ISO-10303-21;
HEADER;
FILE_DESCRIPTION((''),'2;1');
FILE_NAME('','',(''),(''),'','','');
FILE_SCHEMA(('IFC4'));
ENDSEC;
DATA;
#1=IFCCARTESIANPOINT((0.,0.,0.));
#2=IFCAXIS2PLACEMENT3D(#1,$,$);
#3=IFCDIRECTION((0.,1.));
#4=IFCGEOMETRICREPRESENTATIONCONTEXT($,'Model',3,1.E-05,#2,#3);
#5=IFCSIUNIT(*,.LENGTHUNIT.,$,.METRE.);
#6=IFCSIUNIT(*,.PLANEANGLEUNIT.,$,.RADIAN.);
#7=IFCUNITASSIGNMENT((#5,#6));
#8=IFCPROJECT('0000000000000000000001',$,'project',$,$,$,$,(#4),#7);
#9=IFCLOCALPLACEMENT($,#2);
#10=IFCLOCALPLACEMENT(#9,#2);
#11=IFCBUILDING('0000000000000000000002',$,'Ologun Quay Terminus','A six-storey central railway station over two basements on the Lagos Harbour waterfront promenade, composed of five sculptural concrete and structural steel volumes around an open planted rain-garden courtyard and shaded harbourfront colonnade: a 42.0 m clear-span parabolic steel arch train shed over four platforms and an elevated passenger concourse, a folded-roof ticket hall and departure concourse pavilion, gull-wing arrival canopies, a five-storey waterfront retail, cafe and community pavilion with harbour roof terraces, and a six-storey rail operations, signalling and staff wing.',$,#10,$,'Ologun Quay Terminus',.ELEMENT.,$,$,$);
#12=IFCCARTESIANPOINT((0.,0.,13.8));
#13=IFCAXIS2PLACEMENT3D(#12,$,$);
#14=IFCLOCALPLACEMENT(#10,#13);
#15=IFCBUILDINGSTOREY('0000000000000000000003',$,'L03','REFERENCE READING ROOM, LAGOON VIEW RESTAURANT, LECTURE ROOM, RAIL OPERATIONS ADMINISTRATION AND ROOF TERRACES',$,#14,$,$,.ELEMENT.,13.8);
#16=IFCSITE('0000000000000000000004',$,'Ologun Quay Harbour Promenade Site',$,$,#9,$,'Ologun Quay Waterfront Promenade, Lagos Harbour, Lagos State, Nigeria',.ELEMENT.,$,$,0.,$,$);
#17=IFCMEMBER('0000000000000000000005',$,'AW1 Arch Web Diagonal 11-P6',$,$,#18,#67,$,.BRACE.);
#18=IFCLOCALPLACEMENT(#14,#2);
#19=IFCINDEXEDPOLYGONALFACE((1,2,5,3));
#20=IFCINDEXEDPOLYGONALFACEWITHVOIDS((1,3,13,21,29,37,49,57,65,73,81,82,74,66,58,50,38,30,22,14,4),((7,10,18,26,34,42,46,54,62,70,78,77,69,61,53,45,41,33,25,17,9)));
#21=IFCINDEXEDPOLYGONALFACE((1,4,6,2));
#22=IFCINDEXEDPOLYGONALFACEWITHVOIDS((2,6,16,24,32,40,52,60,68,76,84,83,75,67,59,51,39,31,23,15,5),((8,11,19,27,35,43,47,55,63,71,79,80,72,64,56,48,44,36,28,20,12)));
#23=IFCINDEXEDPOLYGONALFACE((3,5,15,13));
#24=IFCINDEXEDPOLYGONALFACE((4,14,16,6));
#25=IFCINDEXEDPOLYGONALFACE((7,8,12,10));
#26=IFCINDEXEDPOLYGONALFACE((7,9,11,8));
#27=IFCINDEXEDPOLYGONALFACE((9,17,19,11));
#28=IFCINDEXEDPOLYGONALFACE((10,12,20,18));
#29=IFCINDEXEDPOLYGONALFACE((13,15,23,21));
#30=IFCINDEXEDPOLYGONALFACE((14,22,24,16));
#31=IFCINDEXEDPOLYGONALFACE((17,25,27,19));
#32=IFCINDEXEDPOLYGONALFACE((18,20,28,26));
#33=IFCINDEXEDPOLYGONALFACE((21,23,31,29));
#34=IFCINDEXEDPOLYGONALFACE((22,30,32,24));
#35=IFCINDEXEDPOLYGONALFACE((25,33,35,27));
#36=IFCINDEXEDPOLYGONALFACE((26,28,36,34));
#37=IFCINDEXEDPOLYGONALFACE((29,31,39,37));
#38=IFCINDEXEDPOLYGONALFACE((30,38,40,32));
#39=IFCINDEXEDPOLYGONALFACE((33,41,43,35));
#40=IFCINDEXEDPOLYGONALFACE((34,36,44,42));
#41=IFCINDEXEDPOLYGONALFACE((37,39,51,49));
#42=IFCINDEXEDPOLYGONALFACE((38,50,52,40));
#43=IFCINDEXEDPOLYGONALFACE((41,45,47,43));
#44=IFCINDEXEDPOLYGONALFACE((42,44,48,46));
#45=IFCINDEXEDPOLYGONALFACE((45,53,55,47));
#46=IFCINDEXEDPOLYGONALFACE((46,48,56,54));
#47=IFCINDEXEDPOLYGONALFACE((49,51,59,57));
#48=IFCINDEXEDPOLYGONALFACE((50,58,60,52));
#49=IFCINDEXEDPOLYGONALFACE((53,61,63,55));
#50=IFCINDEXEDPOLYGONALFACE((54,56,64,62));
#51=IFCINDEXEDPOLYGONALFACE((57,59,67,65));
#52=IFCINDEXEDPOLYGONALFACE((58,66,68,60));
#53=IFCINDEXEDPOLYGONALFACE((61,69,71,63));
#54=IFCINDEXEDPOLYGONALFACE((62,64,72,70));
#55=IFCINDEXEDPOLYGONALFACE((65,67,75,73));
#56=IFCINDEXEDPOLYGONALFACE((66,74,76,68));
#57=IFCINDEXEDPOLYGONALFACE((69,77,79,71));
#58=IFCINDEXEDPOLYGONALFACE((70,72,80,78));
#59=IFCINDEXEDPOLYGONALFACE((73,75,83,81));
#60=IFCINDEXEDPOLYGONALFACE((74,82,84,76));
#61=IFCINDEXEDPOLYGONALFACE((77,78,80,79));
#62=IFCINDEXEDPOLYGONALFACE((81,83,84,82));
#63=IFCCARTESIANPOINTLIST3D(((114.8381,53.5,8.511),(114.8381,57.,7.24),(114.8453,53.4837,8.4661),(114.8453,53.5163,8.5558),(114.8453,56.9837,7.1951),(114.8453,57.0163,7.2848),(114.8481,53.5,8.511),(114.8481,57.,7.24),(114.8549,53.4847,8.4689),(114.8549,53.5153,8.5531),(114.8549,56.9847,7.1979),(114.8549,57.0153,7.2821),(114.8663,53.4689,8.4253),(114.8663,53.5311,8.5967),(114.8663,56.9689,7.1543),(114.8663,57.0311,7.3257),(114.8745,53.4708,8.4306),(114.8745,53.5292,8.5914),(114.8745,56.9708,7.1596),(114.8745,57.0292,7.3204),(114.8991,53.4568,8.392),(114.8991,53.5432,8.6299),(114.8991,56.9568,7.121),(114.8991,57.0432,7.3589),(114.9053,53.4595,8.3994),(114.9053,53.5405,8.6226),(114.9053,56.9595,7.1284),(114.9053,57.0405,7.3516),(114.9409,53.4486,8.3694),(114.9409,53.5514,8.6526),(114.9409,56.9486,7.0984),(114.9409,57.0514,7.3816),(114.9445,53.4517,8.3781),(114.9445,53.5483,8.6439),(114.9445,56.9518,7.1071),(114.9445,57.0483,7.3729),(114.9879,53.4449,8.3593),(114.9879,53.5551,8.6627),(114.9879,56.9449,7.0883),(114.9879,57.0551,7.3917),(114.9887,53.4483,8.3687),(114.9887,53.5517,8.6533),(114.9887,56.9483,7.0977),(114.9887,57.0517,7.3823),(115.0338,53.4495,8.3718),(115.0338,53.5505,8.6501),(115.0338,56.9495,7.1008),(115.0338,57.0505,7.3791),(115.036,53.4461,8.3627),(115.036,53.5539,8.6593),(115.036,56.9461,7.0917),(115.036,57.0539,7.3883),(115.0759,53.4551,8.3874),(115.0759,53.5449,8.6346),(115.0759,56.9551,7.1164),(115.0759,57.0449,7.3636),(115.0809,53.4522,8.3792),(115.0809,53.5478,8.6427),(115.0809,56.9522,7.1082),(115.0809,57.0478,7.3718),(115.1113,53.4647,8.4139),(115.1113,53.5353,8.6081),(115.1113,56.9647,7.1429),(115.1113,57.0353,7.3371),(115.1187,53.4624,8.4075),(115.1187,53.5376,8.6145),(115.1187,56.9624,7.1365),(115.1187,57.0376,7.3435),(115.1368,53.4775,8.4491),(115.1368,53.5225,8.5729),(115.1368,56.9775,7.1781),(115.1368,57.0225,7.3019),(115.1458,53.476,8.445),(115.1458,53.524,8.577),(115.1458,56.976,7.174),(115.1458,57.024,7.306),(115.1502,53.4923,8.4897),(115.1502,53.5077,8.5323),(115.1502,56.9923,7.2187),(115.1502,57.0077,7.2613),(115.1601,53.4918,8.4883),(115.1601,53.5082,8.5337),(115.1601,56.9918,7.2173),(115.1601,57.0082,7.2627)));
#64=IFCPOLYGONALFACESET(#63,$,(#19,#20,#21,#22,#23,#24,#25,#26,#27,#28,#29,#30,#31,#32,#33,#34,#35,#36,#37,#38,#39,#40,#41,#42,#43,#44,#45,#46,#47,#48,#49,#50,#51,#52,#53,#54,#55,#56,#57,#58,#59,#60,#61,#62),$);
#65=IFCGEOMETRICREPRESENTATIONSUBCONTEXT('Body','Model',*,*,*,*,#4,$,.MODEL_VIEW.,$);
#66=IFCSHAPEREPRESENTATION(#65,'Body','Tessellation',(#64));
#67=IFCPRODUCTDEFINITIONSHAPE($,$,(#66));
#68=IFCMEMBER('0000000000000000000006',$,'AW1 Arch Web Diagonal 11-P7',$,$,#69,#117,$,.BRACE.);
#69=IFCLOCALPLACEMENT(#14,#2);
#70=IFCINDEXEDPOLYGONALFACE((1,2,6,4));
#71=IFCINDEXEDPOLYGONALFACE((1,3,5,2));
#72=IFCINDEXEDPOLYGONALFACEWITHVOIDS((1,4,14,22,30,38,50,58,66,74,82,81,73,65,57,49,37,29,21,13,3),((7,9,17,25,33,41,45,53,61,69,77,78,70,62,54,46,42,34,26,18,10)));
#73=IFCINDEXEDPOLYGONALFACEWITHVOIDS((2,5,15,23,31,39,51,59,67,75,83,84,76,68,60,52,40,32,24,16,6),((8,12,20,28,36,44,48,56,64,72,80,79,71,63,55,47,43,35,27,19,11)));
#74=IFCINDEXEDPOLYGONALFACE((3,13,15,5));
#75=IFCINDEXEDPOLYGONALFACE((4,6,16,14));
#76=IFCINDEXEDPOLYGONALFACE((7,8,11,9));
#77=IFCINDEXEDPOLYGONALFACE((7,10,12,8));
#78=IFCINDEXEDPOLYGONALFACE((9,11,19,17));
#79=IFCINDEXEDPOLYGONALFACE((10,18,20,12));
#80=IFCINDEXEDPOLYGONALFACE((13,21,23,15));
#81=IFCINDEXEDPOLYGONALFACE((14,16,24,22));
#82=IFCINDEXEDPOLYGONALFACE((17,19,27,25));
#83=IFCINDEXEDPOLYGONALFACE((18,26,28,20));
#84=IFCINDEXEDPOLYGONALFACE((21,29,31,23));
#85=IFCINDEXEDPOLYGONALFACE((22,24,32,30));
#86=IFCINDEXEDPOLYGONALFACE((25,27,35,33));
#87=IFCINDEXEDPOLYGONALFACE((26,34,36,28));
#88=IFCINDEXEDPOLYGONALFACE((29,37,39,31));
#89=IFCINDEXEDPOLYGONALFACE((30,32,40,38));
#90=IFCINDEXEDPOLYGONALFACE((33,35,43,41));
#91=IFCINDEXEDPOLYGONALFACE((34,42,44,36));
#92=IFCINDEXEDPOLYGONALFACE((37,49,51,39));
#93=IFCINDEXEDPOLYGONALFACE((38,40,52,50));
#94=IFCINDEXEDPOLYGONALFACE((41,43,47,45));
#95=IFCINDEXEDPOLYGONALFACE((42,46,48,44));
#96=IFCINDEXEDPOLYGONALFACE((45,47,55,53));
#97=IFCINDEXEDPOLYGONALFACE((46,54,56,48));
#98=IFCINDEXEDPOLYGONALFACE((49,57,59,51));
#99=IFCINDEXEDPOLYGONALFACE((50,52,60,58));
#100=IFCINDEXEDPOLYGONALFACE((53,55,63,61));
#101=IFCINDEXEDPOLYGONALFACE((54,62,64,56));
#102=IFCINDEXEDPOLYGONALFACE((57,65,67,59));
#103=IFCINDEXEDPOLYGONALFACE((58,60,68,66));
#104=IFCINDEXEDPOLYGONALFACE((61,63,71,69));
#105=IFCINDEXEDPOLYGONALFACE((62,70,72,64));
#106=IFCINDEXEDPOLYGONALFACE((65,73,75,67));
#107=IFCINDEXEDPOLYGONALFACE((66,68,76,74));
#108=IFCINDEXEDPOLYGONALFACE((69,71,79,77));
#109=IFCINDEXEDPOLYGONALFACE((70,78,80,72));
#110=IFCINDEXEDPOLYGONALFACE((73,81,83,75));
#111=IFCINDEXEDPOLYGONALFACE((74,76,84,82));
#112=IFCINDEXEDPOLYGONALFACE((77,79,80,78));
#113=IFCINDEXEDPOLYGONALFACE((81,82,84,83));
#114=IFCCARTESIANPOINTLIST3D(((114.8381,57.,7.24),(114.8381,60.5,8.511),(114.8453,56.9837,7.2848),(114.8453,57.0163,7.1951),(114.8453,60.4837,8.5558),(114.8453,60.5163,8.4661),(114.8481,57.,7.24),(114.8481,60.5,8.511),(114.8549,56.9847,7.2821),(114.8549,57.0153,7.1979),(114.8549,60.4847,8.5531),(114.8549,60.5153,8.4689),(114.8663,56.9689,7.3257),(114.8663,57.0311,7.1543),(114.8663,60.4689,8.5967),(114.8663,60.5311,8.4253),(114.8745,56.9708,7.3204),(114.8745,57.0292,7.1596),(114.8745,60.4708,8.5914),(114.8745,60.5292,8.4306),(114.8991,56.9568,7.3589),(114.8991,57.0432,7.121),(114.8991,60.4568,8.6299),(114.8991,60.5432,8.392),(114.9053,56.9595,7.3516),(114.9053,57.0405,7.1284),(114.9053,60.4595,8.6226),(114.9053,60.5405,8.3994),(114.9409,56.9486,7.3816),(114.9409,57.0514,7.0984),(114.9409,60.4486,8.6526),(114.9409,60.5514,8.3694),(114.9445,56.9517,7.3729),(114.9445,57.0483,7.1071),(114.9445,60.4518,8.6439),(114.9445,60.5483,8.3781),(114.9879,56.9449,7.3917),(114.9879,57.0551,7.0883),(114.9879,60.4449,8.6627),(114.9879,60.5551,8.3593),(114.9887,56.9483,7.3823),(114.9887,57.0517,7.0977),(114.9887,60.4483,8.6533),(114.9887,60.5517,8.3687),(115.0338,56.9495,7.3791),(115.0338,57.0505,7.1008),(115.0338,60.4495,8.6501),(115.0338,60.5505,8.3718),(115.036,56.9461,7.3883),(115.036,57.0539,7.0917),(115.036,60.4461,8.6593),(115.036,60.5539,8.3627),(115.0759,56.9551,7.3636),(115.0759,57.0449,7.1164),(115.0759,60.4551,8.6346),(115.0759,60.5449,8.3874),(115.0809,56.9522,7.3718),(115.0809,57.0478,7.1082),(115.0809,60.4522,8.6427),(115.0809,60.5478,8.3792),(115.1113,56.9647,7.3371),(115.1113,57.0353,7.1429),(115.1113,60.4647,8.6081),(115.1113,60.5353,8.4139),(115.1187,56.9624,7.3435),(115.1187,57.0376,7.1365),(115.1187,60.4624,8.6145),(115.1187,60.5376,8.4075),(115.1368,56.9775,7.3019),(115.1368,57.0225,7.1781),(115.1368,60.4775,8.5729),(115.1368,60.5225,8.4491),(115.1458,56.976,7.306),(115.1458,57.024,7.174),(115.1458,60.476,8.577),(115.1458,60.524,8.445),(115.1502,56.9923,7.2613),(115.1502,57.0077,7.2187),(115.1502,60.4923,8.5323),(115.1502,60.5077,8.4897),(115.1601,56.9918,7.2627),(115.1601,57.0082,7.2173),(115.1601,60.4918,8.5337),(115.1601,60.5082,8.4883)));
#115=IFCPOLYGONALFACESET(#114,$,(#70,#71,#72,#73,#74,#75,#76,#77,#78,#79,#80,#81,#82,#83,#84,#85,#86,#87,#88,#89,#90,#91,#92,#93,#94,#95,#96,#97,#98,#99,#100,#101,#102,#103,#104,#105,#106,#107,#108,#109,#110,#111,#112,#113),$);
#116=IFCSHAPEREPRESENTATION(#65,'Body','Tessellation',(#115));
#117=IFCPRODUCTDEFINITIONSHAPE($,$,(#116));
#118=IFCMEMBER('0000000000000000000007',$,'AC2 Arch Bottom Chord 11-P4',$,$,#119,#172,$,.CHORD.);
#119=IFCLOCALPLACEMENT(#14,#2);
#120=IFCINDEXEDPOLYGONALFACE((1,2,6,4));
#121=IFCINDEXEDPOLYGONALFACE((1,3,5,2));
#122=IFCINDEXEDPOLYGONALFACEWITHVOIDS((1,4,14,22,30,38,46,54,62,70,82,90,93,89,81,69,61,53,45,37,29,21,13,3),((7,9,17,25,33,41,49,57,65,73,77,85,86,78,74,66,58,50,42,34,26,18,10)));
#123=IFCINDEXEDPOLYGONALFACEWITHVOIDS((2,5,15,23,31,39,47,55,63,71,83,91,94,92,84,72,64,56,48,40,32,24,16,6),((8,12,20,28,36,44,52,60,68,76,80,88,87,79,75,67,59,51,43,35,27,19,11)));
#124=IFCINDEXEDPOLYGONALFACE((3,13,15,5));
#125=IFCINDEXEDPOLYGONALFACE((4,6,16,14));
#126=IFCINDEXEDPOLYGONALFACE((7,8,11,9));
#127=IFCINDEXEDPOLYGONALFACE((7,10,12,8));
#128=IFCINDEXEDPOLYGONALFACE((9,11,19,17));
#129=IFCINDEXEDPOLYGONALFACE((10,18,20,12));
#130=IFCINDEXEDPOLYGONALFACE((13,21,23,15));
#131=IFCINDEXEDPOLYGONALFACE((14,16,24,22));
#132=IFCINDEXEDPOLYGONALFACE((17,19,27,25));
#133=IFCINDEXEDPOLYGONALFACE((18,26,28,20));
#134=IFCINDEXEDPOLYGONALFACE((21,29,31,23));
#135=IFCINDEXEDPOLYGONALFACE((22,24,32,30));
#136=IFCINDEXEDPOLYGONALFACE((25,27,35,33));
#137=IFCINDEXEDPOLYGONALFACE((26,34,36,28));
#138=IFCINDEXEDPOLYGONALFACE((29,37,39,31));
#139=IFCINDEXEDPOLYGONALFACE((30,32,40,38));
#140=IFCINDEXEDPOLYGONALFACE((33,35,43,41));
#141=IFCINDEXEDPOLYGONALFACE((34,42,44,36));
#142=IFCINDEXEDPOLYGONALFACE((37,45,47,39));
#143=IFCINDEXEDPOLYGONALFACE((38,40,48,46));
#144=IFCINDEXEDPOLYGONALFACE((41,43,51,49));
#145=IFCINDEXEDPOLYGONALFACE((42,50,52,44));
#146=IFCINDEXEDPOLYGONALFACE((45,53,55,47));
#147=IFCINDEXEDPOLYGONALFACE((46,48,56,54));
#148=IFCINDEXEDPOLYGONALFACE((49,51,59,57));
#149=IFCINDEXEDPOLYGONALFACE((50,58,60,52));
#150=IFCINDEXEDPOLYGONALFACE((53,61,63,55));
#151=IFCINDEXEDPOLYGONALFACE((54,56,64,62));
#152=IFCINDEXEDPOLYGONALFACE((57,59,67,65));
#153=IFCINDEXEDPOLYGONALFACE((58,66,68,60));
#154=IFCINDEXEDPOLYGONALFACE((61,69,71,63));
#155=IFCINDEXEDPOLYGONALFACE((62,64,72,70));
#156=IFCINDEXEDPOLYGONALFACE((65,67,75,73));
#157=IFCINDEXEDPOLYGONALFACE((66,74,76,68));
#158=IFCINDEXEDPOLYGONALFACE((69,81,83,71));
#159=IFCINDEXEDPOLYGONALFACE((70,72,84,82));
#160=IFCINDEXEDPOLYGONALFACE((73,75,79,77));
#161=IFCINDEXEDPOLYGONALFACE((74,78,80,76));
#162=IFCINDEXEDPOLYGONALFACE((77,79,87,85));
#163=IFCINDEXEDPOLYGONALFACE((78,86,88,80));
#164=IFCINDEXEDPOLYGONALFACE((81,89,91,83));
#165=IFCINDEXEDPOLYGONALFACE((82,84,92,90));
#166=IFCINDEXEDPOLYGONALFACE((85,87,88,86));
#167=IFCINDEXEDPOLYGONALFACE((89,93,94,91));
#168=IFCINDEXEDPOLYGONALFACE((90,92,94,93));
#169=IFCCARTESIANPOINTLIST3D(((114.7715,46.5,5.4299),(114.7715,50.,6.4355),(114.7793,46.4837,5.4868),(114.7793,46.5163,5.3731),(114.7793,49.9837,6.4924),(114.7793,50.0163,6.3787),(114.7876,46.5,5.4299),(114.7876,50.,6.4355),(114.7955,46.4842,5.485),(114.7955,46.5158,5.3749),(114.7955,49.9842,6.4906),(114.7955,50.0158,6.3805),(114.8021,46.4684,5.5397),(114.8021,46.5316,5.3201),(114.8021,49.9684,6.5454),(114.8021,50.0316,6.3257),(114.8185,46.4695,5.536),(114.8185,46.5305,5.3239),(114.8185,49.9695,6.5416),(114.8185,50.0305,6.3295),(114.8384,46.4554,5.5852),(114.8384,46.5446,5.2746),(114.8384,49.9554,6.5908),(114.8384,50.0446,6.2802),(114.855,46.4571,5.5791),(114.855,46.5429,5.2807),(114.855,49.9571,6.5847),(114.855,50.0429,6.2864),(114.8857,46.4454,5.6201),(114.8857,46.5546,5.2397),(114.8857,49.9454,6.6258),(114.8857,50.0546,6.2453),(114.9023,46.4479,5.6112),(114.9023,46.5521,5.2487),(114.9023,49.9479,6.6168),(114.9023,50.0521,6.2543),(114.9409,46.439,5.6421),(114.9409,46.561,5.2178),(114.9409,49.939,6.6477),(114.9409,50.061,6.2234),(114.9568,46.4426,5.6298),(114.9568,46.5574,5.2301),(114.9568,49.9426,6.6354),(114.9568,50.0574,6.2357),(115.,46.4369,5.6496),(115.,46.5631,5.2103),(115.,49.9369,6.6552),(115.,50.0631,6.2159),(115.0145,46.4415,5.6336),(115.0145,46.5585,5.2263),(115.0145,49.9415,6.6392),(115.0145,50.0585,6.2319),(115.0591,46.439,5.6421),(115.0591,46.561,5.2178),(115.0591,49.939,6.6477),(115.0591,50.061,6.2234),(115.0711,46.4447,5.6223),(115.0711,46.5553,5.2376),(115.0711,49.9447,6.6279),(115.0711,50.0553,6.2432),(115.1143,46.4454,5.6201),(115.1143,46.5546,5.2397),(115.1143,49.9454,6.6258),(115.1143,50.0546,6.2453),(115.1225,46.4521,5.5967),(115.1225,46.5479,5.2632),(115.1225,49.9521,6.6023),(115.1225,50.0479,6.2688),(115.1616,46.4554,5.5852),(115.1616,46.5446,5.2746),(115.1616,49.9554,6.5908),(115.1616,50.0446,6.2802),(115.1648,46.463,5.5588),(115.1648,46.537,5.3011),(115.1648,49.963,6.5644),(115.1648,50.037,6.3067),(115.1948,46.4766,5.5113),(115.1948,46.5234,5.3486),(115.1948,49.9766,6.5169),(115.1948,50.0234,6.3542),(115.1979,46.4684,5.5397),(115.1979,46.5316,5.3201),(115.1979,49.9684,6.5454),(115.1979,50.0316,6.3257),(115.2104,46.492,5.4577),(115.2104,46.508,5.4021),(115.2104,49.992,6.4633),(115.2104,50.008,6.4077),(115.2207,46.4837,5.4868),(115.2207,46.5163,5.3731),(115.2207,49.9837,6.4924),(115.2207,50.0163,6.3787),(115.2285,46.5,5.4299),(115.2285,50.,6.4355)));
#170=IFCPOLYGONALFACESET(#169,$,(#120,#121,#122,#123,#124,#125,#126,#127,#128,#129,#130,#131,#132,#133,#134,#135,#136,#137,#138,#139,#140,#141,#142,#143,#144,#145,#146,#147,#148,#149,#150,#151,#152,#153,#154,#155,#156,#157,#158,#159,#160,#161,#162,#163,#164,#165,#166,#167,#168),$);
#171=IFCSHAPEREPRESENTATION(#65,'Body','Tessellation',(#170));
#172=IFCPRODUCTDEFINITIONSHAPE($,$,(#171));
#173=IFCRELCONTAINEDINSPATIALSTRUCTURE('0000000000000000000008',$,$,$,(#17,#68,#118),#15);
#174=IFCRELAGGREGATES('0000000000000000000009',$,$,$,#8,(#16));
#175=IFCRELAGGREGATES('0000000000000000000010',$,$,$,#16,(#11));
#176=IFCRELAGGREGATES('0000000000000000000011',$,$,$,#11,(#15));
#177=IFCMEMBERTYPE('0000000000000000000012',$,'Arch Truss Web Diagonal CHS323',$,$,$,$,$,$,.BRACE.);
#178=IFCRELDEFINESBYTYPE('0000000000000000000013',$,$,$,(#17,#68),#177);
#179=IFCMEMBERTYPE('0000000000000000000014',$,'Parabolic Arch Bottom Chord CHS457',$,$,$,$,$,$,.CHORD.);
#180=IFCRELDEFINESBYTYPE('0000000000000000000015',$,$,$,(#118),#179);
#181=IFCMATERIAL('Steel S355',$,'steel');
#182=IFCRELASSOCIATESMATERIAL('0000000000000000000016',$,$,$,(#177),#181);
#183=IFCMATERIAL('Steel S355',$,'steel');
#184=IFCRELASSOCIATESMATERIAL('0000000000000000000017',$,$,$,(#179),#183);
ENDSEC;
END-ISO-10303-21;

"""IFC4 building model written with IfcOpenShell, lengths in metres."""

from ifc_helpers import new_model, si_unit, direction, frame, origin, origin_2d, place, context, subcontext, project, spatial, hollow_circle, extrude, material, material_profile, profile_set, type_object, element, save


model = new_model("IFC4")

# Units and contexts
model_context = context("Model", 3, precision=1e-05, world=origin(), true_north=direction((0.0, 1.0)))
body_context = subcontext(model_context, "Body", "Model", "MODEL_VIEW")
ifc_project = project(units=[si_unit("LENGTHUNIT", "METRE"), si_unit("PLANEANGLEUNIT", "RADIAN")], contexts=[model_context])

# Site, building, storey
site_placement = place(None, origin())
site = spatial("IfcSite", under=ifc_project, at=site_placement, Name="Ologun Quay Harbour Promenade Site", LongName="Ologun Quay Waterfront Promenade, Lagos Harbour, Lagos State, Nigeria", CompositionType="ELEMENT", RefElevation=0.0)
building_placement = place(site_placement, origin())
building = spatial("IfcBuilding", under=site, at=building_placement, Name="Ologun Quay Terminus", Description="A six-storey central railway station over two basements on the Lagos Harbour waterfront promenade, composed of five sculptural concrete and structural steel volumes around an open planted rain-garden courtyard and shaded harbourfront colonnade: a 42.0 m clear-span parabolic steel arch train shed over four platforms and an elevated passenger concourse, a folded-roof ticket hall and departure concourse pavilion, gull-wing arrival canopies, a five-storey waterfront retail, cafe and community pavilion with harbour roof terraces, and a six-storey rail operations, signalling and staff wing.", LongName="Ologun Quay Terminus", CompositionType="ELEMENT")
storey_placement = place(building_placement, frame((0.0, 0.0, 13.8)))
storey = spatial("IfcBuildingStorey", under=building, at=storey_placement, Name="L03", Description="REFERENCE READING ROOM, LAGOON VIEW RESTAURANT, LECTURE ROOM, RAIL OPERATIONS ADMINISTRATION AND ROOF TERRACES", CompositionType="ELEMENT", Elevation=13.8)

# Members
ifc_material_1 = material(Name="Steel S355", Category="steel")
ifc_material_profile_1 = material_profile(ifc_material_1, hollow_circle(Radius=0.1619, WallThickness=0.01, at=origin_2d()), Name="CHS 323.9x10")
ifc_profile_set_1 = profile_set([ifc_material_profile_1], Name="Steel S355")
member_type_1 = type_object("IfcMemberType", Name="Arch Truss Web Diagonal CHS323", PredefinedType="BRACE", material=ifc_profile_set_1)
for number, where, z_axis, x_axis, name in (
    (1, (115.0, 53.5, 8.511), (0.0, 0.939943, -0.341332), (-1.0, 0.0, 0.0), "AW1 Arch Web Diagonal 11-P6"),
    (2, (115.0, 57.0, 7.24), (0.0, 0.939943, 0.341332), (-1.0, 0.0, 0.0), "AW1 Arch Web Diagonal 11-P7"),
):
    element("IfcMember", number, at=place(storey_placement, frame(where, z_axis=z_axis, x_axis=x_axis)), inside=storey, type_object=member_type_1, Name=name, PredefinedType="BRACE", context=body_context, shape_type="SweptSolid", body=[
        extrude(hollow_circle(Radius=0.1619, WallThickness=0.01, at=origin_2d()), origin(), (0.0, 0.0, 1.0), 3.7236),
    ])
ifc_material_2 = material(Name="Steel S355", Category="steel")
ifc_material_profile_2 = material_profile(ifc_material_2, hollow_circle(Radius=0.2285, WallThickness=0.0161, at=origin_2d()), Name="CHS 457x16")
ifc_profile_set_2 = profile_set([ifc_material_profile_2], Name="Steel S355")
member_type_2 = type_object("IfcMemberType", Name="Parabolic Arch Bottom Chord CHS457", PredefinedType="CHORD", material=ifc_profile_set_2)
member_1_placement = place(storey_placement, frame((115.0, 46.5, 5.4299), z_axis=(0.0, 0.961116, 0.276146), x_axis=(-1.0, 0.0, 0.0)))
element("IfcMember", 3, at=member_1_placement, inside=storey, type_object=member_type_2, Name="AC2 Arch Bottom Chord 11-P4", PredefinedType="CHORD", context=body_context, shape_type="SweptSolid", body=[
    extrude(hollow_circle(Radius=0.2285, WallThickness=0.0161, at=origin_2d()), origin(), (0.0, 0.0, 1.0), 3.6416),
])

save(model, "model.ifc")
